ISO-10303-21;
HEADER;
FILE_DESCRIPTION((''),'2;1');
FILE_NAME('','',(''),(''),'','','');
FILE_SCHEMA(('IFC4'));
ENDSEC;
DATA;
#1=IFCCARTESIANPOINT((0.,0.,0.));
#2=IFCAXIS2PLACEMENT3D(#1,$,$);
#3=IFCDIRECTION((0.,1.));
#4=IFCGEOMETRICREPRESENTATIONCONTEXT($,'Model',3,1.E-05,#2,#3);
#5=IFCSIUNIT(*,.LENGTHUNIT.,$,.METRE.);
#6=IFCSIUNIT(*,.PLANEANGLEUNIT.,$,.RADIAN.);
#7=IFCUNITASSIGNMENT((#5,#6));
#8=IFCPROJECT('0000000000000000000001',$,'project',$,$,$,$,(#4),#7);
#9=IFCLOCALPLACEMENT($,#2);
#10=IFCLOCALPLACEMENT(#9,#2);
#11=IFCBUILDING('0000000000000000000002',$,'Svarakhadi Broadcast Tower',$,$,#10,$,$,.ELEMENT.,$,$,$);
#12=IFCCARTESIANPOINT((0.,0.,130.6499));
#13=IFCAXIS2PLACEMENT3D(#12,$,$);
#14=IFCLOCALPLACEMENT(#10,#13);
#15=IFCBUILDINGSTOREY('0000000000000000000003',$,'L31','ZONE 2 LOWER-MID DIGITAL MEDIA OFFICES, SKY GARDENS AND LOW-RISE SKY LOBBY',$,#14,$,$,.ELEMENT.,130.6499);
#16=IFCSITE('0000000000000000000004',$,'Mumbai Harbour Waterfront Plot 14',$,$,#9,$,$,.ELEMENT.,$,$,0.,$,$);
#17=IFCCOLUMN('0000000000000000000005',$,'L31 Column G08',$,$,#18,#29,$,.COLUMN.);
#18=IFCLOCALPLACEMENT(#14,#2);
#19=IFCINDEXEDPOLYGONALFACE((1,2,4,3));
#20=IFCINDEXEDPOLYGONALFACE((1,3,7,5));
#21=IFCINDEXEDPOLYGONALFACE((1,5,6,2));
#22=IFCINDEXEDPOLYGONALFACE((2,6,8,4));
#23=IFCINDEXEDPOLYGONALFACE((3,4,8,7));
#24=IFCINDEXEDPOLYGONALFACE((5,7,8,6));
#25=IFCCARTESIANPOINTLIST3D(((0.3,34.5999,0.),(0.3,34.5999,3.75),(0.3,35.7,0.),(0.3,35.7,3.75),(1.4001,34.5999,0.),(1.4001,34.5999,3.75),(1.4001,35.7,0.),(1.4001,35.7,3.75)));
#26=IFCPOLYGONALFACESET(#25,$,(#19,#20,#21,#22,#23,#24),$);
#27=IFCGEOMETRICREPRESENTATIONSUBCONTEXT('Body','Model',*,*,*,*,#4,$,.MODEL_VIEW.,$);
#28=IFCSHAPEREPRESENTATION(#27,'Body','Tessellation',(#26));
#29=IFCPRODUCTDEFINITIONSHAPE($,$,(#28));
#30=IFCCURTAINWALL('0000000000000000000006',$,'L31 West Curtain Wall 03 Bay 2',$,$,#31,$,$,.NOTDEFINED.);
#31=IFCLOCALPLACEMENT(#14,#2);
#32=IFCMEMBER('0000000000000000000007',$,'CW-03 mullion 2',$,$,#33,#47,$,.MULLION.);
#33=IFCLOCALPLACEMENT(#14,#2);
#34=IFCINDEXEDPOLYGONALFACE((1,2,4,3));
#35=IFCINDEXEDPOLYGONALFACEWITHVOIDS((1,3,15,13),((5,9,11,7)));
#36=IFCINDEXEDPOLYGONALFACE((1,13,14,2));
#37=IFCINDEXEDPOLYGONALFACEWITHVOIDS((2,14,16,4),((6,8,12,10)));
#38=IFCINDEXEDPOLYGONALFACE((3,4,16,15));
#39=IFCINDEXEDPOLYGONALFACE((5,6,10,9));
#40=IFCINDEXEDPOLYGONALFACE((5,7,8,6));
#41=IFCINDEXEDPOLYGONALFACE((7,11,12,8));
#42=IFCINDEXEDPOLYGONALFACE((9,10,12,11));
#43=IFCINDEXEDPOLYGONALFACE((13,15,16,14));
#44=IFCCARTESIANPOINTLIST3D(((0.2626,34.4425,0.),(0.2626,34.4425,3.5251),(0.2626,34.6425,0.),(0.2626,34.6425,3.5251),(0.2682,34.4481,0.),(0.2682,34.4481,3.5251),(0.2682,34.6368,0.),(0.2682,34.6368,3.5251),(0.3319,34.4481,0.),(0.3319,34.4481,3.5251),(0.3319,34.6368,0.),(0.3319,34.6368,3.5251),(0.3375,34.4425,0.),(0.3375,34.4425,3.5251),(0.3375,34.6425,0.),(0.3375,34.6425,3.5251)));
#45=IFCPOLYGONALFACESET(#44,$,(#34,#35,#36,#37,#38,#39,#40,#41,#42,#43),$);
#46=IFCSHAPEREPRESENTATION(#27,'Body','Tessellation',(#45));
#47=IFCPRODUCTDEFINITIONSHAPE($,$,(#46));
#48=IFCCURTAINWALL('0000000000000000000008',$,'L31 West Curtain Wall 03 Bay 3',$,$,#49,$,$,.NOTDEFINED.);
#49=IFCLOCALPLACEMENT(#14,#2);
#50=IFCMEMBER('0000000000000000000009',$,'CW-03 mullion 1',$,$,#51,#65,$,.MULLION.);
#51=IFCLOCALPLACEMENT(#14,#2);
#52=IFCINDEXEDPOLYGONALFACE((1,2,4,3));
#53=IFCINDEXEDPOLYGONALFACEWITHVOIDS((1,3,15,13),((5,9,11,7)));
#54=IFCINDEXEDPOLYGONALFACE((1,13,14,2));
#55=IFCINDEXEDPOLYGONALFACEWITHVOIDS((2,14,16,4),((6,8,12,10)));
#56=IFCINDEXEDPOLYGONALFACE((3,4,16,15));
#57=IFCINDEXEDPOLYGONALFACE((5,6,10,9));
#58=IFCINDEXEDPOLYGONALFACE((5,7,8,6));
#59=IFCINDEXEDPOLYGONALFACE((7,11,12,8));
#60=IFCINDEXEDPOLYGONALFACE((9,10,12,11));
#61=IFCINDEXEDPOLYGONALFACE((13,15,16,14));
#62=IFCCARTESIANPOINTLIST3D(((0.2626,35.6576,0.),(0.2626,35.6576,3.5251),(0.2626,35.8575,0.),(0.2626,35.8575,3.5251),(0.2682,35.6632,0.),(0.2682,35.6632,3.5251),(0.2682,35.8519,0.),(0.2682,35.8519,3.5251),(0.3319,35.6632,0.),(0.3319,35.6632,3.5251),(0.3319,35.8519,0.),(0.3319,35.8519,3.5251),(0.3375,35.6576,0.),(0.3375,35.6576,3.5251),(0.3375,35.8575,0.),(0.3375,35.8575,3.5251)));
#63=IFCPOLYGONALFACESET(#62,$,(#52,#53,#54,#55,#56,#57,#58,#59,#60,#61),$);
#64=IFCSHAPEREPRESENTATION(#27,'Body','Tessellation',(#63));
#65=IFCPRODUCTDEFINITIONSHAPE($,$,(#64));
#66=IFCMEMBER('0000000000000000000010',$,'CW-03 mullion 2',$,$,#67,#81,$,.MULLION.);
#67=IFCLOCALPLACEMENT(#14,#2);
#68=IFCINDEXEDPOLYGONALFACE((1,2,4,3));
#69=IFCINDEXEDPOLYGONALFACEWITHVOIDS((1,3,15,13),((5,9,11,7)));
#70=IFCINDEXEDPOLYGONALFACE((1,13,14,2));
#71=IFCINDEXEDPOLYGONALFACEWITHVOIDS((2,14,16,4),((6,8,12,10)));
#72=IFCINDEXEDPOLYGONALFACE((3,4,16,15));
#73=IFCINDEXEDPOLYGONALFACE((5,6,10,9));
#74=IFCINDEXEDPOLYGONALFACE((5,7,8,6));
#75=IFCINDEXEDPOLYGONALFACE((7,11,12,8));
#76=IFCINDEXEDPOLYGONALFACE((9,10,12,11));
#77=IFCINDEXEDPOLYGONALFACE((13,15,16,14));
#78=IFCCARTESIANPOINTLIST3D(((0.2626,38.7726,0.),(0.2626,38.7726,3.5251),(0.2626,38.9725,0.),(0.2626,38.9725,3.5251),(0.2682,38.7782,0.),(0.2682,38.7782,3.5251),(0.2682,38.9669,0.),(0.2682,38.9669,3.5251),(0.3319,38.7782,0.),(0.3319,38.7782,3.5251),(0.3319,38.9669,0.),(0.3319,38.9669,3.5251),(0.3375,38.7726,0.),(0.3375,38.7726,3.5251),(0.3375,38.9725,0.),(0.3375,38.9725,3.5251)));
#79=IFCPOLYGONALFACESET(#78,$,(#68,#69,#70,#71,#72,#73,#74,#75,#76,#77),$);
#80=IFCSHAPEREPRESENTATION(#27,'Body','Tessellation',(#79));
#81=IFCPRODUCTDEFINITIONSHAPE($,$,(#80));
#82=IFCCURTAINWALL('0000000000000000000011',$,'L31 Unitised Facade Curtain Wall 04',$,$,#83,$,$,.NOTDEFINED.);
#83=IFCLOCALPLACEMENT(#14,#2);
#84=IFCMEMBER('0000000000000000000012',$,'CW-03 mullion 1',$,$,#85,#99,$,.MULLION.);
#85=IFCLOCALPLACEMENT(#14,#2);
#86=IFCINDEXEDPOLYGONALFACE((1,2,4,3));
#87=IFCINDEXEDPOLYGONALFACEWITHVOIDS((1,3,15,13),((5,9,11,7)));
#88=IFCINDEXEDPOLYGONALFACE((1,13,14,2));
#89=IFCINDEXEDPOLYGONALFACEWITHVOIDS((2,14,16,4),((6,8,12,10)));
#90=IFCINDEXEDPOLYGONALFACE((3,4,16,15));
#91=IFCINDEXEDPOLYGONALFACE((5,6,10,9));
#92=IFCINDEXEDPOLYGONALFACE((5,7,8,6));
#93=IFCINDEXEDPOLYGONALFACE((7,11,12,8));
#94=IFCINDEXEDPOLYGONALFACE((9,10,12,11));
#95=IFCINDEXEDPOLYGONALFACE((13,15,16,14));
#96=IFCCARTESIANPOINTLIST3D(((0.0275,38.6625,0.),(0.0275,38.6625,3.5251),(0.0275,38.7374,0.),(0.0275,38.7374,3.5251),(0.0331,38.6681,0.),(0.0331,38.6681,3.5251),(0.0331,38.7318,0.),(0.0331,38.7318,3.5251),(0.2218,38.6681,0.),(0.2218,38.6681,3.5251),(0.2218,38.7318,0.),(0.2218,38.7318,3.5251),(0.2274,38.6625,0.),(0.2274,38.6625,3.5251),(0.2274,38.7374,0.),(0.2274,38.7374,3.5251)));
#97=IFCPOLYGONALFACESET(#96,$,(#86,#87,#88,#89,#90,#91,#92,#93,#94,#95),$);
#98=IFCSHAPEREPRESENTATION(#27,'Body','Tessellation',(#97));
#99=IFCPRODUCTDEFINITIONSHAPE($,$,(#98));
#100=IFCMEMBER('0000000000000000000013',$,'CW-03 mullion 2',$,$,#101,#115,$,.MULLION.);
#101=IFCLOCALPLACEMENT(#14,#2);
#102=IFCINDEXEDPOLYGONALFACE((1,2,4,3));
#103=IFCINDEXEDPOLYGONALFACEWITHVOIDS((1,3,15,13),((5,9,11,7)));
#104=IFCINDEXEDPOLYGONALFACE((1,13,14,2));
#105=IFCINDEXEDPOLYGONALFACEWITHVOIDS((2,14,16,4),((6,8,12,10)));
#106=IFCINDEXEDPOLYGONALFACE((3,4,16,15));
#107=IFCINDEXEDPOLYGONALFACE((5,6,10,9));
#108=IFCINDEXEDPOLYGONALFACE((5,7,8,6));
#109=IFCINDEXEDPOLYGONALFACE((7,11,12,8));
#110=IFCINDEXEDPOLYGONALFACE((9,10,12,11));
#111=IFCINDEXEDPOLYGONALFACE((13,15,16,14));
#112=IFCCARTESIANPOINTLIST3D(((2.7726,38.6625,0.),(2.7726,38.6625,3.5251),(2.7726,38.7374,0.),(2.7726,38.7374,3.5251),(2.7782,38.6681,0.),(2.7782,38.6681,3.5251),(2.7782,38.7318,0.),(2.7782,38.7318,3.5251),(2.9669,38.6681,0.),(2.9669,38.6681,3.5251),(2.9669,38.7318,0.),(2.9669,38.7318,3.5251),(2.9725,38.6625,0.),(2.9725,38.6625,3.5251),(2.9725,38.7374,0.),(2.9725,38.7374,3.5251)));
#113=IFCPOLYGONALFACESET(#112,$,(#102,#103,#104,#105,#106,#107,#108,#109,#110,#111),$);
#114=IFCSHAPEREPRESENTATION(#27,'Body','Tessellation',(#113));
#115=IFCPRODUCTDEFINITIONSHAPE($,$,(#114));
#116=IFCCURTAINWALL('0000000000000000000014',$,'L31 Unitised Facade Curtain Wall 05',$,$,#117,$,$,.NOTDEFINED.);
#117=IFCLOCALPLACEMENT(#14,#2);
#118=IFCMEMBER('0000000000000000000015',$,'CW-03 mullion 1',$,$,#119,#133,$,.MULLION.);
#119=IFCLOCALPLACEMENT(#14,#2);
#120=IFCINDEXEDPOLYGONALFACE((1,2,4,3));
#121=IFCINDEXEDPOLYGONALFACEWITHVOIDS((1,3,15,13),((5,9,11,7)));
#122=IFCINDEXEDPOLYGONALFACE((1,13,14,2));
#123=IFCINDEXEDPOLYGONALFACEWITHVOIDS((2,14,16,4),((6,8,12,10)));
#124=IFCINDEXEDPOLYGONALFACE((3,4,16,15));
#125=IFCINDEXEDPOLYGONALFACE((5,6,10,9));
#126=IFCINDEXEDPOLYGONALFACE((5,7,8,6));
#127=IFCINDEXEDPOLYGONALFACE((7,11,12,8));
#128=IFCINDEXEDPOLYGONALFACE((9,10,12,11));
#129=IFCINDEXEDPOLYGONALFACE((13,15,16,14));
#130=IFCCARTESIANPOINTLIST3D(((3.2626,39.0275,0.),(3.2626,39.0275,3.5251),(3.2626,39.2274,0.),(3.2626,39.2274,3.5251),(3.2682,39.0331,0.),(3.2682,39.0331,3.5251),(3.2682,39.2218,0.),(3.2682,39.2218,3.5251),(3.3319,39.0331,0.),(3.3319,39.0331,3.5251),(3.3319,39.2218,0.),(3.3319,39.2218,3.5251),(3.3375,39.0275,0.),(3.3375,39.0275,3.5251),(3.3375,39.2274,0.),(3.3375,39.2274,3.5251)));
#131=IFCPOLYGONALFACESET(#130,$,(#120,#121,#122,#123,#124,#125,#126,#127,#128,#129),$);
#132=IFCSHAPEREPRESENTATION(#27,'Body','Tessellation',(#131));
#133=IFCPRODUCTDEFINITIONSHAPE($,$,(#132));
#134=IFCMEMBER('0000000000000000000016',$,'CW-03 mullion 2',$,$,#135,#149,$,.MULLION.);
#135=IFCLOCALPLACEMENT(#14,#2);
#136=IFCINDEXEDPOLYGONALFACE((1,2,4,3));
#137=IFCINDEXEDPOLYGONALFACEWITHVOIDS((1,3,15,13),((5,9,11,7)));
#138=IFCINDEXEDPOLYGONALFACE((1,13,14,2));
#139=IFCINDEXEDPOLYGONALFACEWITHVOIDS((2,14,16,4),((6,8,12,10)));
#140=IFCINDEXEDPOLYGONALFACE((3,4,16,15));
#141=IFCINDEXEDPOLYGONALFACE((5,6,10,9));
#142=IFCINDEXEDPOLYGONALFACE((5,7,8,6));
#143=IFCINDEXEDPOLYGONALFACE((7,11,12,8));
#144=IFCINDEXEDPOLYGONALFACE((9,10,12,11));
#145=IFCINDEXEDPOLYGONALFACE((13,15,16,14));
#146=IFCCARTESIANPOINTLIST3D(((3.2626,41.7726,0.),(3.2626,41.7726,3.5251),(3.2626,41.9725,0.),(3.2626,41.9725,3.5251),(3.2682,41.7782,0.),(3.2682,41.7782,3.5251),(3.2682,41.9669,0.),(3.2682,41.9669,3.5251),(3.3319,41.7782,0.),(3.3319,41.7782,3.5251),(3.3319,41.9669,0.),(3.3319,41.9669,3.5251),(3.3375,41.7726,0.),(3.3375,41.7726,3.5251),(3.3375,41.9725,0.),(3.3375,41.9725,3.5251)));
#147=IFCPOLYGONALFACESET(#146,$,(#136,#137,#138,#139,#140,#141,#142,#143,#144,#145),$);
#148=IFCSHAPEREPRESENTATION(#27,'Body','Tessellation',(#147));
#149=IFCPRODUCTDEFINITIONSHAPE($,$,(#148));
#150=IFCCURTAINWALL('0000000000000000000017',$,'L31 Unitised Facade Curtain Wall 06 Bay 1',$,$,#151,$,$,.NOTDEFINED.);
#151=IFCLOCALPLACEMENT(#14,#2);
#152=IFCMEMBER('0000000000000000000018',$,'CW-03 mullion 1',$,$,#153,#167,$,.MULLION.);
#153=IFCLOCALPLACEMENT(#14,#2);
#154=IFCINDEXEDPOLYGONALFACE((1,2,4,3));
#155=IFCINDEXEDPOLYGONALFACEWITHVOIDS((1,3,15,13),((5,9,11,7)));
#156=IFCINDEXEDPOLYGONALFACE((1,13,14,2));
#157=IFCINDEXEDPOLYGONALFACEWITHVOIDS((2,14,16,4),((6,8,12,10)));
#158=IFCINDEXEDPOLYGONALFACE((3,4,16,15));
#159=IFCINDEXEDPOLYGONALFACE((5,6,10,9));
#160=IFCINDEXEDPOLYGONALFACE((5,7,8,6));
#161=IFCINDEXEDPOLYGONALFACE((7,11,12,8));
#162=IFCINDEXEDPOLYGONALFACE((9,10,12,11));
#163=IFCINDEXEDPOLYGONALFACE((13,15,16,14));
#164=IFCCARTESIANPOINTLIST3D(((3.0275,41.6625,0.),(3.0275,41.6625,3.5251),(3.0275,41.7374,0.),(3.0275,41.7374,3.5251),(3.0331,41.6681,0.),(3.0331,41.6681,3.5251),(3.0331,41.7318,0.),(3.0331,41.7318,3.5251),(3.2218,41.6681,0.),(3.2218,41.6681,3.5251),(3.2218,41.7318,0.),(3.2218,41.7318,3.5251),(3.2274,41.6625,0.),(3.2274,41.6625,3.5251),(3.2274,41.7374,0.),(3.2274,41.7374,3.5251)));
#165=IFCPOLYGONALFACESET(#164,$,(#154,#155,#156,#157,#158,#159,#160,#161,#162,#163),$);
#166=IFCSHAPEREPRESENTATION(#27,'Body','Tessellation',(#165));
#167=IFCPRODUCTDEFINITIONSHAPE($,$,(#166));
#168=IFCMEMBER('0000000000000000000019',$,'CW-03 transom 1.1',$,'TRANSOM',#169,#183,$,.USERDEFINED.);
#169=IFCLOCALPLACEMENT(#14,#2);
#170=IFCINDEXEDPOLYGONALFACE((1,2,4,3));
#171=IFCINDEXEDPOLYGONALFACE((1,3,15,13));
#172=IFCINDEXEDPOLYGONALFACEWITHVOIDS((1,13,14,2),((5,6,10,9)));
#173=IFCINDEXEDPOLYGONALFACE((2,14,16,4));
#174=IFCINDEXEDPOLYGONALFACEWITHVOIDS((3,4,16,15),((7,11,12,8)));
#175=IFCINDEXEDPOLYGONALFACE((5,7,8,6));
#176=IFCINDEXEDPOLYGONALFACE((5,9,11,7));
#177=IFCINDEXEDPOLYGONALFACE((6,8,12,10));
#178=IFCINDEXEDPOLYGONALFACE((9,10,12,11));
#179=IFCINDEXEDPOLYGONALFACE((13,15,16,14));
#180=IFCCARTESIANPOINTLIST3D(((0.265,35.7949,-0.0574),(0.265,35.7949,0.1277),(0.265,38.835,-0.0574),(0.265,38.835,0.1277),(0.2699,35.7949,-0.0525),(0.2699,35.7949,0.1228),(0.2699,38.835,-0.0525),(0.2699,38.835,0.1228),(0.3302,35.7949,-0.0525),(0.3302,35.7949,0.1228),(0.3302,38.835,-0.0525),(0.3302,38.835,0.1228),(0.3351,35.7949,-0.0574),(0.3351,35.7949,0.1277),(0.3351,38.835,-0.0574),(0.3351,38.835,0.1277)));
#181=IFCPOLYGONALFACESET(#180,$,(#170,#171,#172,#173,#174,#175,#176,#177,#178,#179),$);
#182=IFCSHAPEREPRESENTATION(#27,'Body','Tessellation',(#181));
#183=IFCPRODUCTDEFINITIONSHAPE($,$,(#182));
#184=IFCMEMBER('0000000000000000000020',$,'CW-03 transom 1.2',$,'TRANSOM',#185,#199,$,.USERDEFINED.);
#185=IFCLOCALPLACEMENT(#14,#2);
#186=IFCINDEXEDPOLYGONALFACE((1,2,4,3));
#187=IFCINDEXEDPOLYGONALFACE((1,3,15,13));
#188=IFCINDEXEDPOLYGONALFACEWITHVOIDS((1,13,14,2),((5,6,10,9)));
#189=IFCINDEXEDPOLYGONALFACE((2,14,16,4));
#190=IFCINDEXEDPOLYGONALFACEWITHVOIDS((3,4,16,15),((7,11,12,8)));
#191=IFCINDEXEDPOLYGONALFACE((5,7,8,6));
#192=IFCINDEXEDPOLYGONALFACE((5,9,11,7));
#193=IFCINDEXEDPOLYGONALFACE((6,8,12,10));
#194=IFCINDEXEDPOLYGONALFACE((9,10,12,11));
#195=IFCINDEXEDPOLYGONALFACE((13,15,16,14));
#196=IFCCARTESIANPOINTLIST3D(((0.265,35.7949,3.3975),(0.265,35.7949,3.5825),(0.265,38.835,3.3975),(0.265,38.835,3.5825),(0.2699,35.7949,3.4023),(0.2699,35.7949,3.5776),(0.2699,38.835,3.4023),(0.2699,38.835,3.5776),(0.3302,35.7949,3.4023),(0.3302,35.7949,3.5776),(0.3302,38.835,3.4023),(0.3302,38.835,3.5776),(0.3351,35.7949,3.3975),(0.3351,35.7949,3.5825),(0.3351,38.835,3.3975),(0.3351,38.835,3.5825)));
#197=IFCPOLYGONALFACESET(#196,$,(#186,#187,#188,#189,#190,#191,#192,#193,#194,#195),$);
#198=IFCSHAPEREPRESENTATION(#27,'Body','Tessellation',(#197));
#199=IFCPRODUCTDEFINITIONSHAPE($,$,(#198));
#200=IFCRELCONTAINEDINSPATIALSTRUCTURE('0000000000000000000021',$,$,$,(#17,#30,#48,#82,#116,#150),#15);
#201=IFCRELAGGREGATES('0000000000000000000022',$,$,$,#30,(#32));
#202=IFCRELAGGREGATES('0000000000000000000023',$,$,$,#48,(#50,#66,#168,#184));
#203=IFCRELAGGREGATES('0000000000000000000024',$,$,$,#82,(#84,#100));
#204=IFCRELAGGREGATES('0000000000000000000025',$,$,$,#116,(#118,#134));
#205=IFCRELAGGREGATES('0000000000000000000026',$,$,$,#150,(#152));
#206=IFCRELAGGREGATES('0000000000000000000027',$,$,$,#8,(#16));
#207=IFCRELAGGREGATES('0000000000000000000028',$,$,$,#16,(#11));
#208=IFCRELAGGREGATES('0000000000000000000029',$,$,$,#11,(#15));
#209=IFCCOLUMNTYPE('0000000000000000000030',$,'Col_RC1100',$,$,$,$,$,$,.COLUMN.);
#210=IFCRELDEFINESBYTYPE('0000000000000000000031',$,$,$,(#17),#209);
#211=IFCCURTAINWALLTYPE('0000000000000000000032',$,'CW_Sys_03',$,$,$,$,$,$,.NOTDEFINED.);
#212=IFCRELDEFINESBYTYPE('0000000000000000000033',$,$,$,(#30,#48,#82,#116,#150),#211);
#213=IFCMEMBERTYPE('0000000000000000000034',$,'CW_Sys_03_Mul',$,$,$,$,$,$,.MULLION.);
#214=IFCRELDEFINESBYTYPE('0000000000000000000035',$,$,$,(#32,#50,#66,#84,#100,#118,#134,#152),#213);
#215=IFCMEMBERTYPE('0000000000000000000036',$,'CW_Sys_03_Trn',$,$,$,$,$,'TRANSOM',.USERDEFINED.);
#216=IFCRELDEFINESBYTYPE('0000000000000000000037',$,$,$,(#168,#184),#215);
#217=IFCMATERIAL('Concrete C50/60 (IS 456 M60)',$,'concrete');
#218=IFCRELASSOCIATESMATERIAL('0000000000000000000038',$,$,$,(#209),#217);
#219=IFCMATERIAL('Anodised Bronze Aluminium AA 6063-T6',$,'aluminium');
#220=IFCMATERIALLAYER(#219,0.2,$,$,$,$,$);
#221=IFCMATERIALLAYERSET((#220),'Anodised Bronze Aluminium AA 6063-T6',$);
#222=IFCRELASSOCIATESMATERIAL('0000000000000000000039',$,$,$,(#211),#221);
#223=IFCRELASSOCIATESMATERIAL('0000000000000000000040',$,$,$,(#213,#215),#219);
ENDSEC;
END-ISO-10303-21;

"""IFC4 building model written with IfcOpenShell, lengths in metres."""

from ifc_helpers import new_model, si_unit, direction, frame, origin, origin_2d, place, context, subcontext, project, spatial, rectangle, hollow_rectangle, extrude, material, layer, layer_set, material_profile, profile_set, type_object, element, aggregate, save


model = new_model("IFC4")

# Units and contexts
model_context = context("Model", 3, precision=1e-05, world=origin(), true_north=direction((0.0, 1.0)))
body_context = subcontext(model_context, "Body", "Model", "MODEL_VIEW")
ifc_project = project(units=[si_unit("LENGTHUNIT", "METRE"), si_unit("PLANEANGLEUNIT", "RADIAN")], contexts=[model_context])

# Site, building, storey
site_placement = place(None, origin())
site = spatial("IfcSite", under=ifc_project, at=site_placement, Name="Mumbai Harbour Waterfront Plot 14", CompositionType="ELEMENT", RefElevation=0.0)
building_placement = place(site_placement, origin())
building = spatial("IfcBuilding", under=site, at=building_placement, Name="Svarakhadi Broadcast Tower", CompositionType="ELEMENT")
storey_placement = place(building_placement, frame((0.0, 0.0, 130.6499)))
storey = spatial("IfcBuildingStorey", under=building, at=storey_placement, Name="L31", Description="ZONE 2 LOWER-MID DIGITAL MEDIA OFFICES, SKY GARDENS AND LOW-RISE SKY LOBBY", CompositionType="ELEMENT", Elevation=130.6499)

# Column
ifc_material_1 = material(Name="Concrete C50/60 (IS 456 M60)", Category="concrete")
ifc_material_profile_1 = material_profile(ifc_material_1, rectangle(XDim=1.1001, YDim=1.1001, at=origin_2d()), Name="RC 1100x1100")
ifc_profile_set_1 = profile_set([ifc_material_profile_1], Name="Concrete C50/60 (IS 456 M60)")
column_type = type_object("IfcColumnType", Name="Col_RC1100", PredefinedType="COLUMN", material=ifc_profile_set_1)
column_placement = place(storey_placement, frame((0.8501, 35.1499, 0.0), z_axis=(0.0, 0.0, 1.0), x_axis=(1.0, 0.0, 0.0)))
element("IfcColumn", 1, at=column_placement, inside=storey, type_object=column_type, Name="L31 Column G08", PredefinedType="COLUMN", context=body_context, shape_type="SweptSolid", body=[
    extrude(rectangle(XDim=1.1001, YDim=1.1001, at=origin_2d()), origin(), (0.0, 0.0, 1.0), 3.75),
])

# Curtain wall, member
ifc_material_2 = material(Name="Anodised Bronze Aluminium AA 6063-T6", Category="aluminium")
ifc_layer_1 = layer(ifc_material_2, 0.2)
ifc_layer_set_1 = layer_set([ifc_layer_1], Name="Anodised Bronze Aluminium AA 6063-T6")
curtain_wall_type = type_object("IfcCurtainWallType", Name="CW_Sys_03", PredefinedType="NOTDEFINED", material=ifc_layer_set_1)
curtain_wall_1_placement = place(storey_placement, origin())
curtain_wall_1 = element("IfcCurtainWall", 2, at=curtain_wall_1_placement, inside=storey, type_object=curtain_wall_type, Name="L31 West Curtain Wall 03 Bay 2", PredefinedType="NOTDEFINED")
ifc_material_profile_2 = material_profile(ifc_material_2, hollow_rectangle(XDim=0.075, YDim=0.2, WallThickness=0.0056, at=origin_2d()), Name="ALU MULLION 200x75x6")
ifc_profile_set_2 = profile_set([ifc_material_profile_2], Name="Anodised Bronze Aluminium AA 6063-T6")
member_type_1 = type_object("IfcMemberType", Name="CW_Sys_03_Mul", PredefinedType="MULLION", material=ifc_profile_set_2)
member_1_placement = place(storey_placement, frame((0.3, 34.5425, 0.0), z_axis=(0.0, 0.0, 1.0), x_axis=(-1.0, 0.0, 0.0)))
member_1 = element("IfcMember", 3, at=member_1_placement, type_object=member_type_1, Name="CW-03 mullion 2", PredefinedType="MULLION", context=body_context, shape_type="SweptSolid", body=[
    extrude(hollow_rectangle(XDim=0.075, YDim=0.2, WallThickness=0.0056, at=origin_2d()), origin(), (0.0, 0.0, 1.0), 3.5251),
])
aggregate(curtain_wall_1, [member_1])

# Curtain walls, members
curtain_wall_2_placement = place(storey_placement, origin())
curtain_wall_2 = element("IfcCurtainWall", 4, at=curtain_wall_2_placement, inside=storey, type_object=curtain_wall_type, Name="L31 West Curtain Wall 03 Bay 3", PredefinedType="NOTDEFINED")
member_2_placement = place(storey_placement, frame((0.3, 35.7576, 0.0), z_axis=(0.0, 0.0, 1.0), x_axis=(-1.0, 0.0, 0.0)))
member_2 = element("IfcMember", 5, at=member_2_placement, type_object=member_type_1, Name="CW-03 mullion 1", PredefinedType="MULLION", context=body_context, shape_type="SweptSolid", body=[
    extrude(hollow_rectangle(XDim=0.075, YDim=0.2, WallThickness=0.0056, at=origin_2d()), origin(), (0.0, 0.0, 1.0), 3.5251),
])
member_3_placement = place(storey_placement, frame((0.3, 38.8726, 0.0), z_axis=(0.0, 0.0, 1.0), x_axis=(-1.0, 0.0, 0.0)))
member_3 = element("IfcMember", 6, at=member_3_placement, type_object=member_type_1, Name="CW-03 mullion 2", PredefinedType="MULLION", context=body_context, shape_type="SweptSolid", body=[
    extrude(hollow_rectangle(XDim=0.075, YDim=0.2, WallThickness=0.0056, at=origin_2d()), origin(), (0.0, 0.0, 1.0), 3.5251),
])
curtain_wall_3_placement = place(storey_placement, origin())
curtain_wall_3 = element("IfcCurtainWall", 7, at=curtain_wall_3_placement, inside=storey, type_object=curtain_wall_type, Name="L31 Unitised Facade Curtain Wall 04", PredefinedType="NOTDEFINED")
member_4_placement = place(storey_placement, frame((0.1274, 38.7, 0.0), z_axis=(0.0, 0.0, 1.0), x_axis=(0.0, 1.0, 0.0)))
member_4 = element("IfcMember", 8, at=member_4_placement, type_object=member_type_1, Name="CW-03 mullion 1", PredefinedType="MULLION", context=body_context, shape_type="SweptSolid", body=[
    extrude(hollow_rectangle(XDim=0.075, YDim=0.2, WallThickness=0.0056, at=origin_2d()), origin(), (0.0, 0.0, 1.0), 3.5251),
])
member_5_placement = place(storey_placement, frame((2.8726, 38.7, 0.0), z_axis=(0.0, 0.0, 1.0), x_axis=(0.0, 1.0, 0.0)))
member_5 = element("IfcMember", 9, at=member_5_placement, type_object=member_type_1, Name="CW-03 mullion 2", PredefinedType="MULLION", context=body_context, shape_type="SweptSolid", body=[
    extrude(hollow_rectangle(XDim=0.075, YDim=0.2, WallThickness=0.0056, at=origin_2d()), origin(), (0.0, 0.0, 1.0), 3.5251),
])
curtain_wall_4_placement = place(storey_placement, origin())
curtain_wall_4 = element("IfcCurtainWall", 10, at=curtain_wall_4_placement, inside=storey, type_object=curtain_wall_type, Name="L31 Unitised Facade Curtain Wall 05", PredefinedType="NOTDEFINED")
member_6_placement = place(storey_placement, frame((3.3, 39.1274, 0.0), z_axis=(0.0, 0.0, 1.0), x_axis=(-1.0, 0.0, 0.0)))
member_6 = element("IfcMember", 11, at=member_6_placement, type_object=member_type_1, Name="CW-03 mullion 1", PredefinedType="MULLION", context=body_context, shape_type="SweptSolid", body=[
    extrude(hollow_rectangle(XDim=0.075, YDim=0.2, WallThickness=0.0056, at=origin_2d()), origin(), (0.0, 0.0, 1.0), 3.5251),
])
member_7_placement = place(storey_placement, frame((3.3, 41.8726, 0.0), z_axis=(0.0, 0.0, 1.0), x_axis=(-1.0, 0.0, 0.0)))
member_7 = element("IfcMember", 12, at=member_7_placement, type_object=member_type_1, Name="CW-03 mullion 2", PredefinedType="MULLION", context=body_context, shape_type="SweptSolid", body=[
    extrude(hollow_rectangle(XDim=0.075, YDim=0.2, WallThickness=0.0056, at=origin_2d()), origin(), (0.0, 0.0, 1.0), 3.5251),
])

# Curtain wall, member
curtain_wall_5_placement = place(storey_placement, origin())
curtain_wall_5 = element("IfcCurtainWall", 13, at=curtain_wall_5_placement, inside=storey, type_object=curtain_wall_type, Name="L31 Unitised Facade Curtain Wall 06 Bay 1", PredefinedType="NOTDEFINED")
member_8_placement = place(storey_placement, frame((3.1274, 41.7, 0.0), z_axis=(0.0, 0.0, 1.0), x_axis=(0.0, 1.0, 0.0)))
member_8 = element("IfcMember", 14, at=member_8_placement, type_object=member_type_1, Name="CW-03 mullion 1", PredefinedType="MULLION", context=body_context, shape_type="SweptSolid", body=[
    extrude(hollow_rectangle(XDim=0.075, YDim=0.2, WallThickness=0.0056, at=origin_2d()), origin(), (0.0, 0.0, 1.0), 3.5251),
])

# Members
ifc_material_profile_3 = material_profile(ifc_material_2, hollow_rectangle(XDim=0.0701, YDim=0.1851, WallThickness=0.0049, at=origin_2d()), Name="ALU TRANSOM 185x70x5")
ifc_profile_set_3 = profile_set([ifc_material_profile_3], Name="Anodised Bronze Aluminium AA 6063-T6")
member_type_2 = type_object("IfcMemberType", Name="CW_Sys_03_Trn", ElementType="TRANSOM", PredefinedType="USERDEFINED", material=ifc_profile_set_3)
member_9_placement = place(storey_placement, frame((0.3, 35.7949, 0.0352), z_axis=(0.0, 1.0, 0.0), x_axis=(-1.0, 0.0, 0.0)))
member_9 = element("IfcMember", 15, at=member_9_placement, type_object=member_type_2, Name="CW-03 transom 1.1", ObjectType="TRANSOM", PredefinedType="USERDEFINED", context=body_context, shape_type="SweptSolid", body=[
    extrude(hollow_rectangle(XDim=0.0701, YDim=0.1851, WallThickness=0.0049, at=origin_2d()), origin(), (0.0, 0.0, 1.0), 3.04),
])
member_10_placement = place(storey_placement, frame((0.3, 35.7949, 3.49), z_axis=(0.0, 1.0, 0.0), x_axis=(-1.0, 0.0, 0.0)))
member_10 = element("IfcMember", 16, at=member_10_placement, type_object=member_type_2, Name="CW-03 transom 1.2", ObjectType="TRANSOM", PredefinedType="USERDEFINED", context=body_context, shape_type="SweptSolid", body=[
    extrude(hollow_rectangle(XDim=0.0701, YDim=0.1851, WallThickness=0.0049, at=origin_2d()), origin(), (0.0, 0.0, 1.0), 3.04),
])

aggregate(curtain_wall_2, [member_2, member_3, member_9, member_10])
aggregate(curtain_wall_3, [member_4, member_5])
aggregate(curtain_wall_4, [member_6, member_7])
aggregate(curtain_wall_5, [member_8])

save(model, "model.ifc")
